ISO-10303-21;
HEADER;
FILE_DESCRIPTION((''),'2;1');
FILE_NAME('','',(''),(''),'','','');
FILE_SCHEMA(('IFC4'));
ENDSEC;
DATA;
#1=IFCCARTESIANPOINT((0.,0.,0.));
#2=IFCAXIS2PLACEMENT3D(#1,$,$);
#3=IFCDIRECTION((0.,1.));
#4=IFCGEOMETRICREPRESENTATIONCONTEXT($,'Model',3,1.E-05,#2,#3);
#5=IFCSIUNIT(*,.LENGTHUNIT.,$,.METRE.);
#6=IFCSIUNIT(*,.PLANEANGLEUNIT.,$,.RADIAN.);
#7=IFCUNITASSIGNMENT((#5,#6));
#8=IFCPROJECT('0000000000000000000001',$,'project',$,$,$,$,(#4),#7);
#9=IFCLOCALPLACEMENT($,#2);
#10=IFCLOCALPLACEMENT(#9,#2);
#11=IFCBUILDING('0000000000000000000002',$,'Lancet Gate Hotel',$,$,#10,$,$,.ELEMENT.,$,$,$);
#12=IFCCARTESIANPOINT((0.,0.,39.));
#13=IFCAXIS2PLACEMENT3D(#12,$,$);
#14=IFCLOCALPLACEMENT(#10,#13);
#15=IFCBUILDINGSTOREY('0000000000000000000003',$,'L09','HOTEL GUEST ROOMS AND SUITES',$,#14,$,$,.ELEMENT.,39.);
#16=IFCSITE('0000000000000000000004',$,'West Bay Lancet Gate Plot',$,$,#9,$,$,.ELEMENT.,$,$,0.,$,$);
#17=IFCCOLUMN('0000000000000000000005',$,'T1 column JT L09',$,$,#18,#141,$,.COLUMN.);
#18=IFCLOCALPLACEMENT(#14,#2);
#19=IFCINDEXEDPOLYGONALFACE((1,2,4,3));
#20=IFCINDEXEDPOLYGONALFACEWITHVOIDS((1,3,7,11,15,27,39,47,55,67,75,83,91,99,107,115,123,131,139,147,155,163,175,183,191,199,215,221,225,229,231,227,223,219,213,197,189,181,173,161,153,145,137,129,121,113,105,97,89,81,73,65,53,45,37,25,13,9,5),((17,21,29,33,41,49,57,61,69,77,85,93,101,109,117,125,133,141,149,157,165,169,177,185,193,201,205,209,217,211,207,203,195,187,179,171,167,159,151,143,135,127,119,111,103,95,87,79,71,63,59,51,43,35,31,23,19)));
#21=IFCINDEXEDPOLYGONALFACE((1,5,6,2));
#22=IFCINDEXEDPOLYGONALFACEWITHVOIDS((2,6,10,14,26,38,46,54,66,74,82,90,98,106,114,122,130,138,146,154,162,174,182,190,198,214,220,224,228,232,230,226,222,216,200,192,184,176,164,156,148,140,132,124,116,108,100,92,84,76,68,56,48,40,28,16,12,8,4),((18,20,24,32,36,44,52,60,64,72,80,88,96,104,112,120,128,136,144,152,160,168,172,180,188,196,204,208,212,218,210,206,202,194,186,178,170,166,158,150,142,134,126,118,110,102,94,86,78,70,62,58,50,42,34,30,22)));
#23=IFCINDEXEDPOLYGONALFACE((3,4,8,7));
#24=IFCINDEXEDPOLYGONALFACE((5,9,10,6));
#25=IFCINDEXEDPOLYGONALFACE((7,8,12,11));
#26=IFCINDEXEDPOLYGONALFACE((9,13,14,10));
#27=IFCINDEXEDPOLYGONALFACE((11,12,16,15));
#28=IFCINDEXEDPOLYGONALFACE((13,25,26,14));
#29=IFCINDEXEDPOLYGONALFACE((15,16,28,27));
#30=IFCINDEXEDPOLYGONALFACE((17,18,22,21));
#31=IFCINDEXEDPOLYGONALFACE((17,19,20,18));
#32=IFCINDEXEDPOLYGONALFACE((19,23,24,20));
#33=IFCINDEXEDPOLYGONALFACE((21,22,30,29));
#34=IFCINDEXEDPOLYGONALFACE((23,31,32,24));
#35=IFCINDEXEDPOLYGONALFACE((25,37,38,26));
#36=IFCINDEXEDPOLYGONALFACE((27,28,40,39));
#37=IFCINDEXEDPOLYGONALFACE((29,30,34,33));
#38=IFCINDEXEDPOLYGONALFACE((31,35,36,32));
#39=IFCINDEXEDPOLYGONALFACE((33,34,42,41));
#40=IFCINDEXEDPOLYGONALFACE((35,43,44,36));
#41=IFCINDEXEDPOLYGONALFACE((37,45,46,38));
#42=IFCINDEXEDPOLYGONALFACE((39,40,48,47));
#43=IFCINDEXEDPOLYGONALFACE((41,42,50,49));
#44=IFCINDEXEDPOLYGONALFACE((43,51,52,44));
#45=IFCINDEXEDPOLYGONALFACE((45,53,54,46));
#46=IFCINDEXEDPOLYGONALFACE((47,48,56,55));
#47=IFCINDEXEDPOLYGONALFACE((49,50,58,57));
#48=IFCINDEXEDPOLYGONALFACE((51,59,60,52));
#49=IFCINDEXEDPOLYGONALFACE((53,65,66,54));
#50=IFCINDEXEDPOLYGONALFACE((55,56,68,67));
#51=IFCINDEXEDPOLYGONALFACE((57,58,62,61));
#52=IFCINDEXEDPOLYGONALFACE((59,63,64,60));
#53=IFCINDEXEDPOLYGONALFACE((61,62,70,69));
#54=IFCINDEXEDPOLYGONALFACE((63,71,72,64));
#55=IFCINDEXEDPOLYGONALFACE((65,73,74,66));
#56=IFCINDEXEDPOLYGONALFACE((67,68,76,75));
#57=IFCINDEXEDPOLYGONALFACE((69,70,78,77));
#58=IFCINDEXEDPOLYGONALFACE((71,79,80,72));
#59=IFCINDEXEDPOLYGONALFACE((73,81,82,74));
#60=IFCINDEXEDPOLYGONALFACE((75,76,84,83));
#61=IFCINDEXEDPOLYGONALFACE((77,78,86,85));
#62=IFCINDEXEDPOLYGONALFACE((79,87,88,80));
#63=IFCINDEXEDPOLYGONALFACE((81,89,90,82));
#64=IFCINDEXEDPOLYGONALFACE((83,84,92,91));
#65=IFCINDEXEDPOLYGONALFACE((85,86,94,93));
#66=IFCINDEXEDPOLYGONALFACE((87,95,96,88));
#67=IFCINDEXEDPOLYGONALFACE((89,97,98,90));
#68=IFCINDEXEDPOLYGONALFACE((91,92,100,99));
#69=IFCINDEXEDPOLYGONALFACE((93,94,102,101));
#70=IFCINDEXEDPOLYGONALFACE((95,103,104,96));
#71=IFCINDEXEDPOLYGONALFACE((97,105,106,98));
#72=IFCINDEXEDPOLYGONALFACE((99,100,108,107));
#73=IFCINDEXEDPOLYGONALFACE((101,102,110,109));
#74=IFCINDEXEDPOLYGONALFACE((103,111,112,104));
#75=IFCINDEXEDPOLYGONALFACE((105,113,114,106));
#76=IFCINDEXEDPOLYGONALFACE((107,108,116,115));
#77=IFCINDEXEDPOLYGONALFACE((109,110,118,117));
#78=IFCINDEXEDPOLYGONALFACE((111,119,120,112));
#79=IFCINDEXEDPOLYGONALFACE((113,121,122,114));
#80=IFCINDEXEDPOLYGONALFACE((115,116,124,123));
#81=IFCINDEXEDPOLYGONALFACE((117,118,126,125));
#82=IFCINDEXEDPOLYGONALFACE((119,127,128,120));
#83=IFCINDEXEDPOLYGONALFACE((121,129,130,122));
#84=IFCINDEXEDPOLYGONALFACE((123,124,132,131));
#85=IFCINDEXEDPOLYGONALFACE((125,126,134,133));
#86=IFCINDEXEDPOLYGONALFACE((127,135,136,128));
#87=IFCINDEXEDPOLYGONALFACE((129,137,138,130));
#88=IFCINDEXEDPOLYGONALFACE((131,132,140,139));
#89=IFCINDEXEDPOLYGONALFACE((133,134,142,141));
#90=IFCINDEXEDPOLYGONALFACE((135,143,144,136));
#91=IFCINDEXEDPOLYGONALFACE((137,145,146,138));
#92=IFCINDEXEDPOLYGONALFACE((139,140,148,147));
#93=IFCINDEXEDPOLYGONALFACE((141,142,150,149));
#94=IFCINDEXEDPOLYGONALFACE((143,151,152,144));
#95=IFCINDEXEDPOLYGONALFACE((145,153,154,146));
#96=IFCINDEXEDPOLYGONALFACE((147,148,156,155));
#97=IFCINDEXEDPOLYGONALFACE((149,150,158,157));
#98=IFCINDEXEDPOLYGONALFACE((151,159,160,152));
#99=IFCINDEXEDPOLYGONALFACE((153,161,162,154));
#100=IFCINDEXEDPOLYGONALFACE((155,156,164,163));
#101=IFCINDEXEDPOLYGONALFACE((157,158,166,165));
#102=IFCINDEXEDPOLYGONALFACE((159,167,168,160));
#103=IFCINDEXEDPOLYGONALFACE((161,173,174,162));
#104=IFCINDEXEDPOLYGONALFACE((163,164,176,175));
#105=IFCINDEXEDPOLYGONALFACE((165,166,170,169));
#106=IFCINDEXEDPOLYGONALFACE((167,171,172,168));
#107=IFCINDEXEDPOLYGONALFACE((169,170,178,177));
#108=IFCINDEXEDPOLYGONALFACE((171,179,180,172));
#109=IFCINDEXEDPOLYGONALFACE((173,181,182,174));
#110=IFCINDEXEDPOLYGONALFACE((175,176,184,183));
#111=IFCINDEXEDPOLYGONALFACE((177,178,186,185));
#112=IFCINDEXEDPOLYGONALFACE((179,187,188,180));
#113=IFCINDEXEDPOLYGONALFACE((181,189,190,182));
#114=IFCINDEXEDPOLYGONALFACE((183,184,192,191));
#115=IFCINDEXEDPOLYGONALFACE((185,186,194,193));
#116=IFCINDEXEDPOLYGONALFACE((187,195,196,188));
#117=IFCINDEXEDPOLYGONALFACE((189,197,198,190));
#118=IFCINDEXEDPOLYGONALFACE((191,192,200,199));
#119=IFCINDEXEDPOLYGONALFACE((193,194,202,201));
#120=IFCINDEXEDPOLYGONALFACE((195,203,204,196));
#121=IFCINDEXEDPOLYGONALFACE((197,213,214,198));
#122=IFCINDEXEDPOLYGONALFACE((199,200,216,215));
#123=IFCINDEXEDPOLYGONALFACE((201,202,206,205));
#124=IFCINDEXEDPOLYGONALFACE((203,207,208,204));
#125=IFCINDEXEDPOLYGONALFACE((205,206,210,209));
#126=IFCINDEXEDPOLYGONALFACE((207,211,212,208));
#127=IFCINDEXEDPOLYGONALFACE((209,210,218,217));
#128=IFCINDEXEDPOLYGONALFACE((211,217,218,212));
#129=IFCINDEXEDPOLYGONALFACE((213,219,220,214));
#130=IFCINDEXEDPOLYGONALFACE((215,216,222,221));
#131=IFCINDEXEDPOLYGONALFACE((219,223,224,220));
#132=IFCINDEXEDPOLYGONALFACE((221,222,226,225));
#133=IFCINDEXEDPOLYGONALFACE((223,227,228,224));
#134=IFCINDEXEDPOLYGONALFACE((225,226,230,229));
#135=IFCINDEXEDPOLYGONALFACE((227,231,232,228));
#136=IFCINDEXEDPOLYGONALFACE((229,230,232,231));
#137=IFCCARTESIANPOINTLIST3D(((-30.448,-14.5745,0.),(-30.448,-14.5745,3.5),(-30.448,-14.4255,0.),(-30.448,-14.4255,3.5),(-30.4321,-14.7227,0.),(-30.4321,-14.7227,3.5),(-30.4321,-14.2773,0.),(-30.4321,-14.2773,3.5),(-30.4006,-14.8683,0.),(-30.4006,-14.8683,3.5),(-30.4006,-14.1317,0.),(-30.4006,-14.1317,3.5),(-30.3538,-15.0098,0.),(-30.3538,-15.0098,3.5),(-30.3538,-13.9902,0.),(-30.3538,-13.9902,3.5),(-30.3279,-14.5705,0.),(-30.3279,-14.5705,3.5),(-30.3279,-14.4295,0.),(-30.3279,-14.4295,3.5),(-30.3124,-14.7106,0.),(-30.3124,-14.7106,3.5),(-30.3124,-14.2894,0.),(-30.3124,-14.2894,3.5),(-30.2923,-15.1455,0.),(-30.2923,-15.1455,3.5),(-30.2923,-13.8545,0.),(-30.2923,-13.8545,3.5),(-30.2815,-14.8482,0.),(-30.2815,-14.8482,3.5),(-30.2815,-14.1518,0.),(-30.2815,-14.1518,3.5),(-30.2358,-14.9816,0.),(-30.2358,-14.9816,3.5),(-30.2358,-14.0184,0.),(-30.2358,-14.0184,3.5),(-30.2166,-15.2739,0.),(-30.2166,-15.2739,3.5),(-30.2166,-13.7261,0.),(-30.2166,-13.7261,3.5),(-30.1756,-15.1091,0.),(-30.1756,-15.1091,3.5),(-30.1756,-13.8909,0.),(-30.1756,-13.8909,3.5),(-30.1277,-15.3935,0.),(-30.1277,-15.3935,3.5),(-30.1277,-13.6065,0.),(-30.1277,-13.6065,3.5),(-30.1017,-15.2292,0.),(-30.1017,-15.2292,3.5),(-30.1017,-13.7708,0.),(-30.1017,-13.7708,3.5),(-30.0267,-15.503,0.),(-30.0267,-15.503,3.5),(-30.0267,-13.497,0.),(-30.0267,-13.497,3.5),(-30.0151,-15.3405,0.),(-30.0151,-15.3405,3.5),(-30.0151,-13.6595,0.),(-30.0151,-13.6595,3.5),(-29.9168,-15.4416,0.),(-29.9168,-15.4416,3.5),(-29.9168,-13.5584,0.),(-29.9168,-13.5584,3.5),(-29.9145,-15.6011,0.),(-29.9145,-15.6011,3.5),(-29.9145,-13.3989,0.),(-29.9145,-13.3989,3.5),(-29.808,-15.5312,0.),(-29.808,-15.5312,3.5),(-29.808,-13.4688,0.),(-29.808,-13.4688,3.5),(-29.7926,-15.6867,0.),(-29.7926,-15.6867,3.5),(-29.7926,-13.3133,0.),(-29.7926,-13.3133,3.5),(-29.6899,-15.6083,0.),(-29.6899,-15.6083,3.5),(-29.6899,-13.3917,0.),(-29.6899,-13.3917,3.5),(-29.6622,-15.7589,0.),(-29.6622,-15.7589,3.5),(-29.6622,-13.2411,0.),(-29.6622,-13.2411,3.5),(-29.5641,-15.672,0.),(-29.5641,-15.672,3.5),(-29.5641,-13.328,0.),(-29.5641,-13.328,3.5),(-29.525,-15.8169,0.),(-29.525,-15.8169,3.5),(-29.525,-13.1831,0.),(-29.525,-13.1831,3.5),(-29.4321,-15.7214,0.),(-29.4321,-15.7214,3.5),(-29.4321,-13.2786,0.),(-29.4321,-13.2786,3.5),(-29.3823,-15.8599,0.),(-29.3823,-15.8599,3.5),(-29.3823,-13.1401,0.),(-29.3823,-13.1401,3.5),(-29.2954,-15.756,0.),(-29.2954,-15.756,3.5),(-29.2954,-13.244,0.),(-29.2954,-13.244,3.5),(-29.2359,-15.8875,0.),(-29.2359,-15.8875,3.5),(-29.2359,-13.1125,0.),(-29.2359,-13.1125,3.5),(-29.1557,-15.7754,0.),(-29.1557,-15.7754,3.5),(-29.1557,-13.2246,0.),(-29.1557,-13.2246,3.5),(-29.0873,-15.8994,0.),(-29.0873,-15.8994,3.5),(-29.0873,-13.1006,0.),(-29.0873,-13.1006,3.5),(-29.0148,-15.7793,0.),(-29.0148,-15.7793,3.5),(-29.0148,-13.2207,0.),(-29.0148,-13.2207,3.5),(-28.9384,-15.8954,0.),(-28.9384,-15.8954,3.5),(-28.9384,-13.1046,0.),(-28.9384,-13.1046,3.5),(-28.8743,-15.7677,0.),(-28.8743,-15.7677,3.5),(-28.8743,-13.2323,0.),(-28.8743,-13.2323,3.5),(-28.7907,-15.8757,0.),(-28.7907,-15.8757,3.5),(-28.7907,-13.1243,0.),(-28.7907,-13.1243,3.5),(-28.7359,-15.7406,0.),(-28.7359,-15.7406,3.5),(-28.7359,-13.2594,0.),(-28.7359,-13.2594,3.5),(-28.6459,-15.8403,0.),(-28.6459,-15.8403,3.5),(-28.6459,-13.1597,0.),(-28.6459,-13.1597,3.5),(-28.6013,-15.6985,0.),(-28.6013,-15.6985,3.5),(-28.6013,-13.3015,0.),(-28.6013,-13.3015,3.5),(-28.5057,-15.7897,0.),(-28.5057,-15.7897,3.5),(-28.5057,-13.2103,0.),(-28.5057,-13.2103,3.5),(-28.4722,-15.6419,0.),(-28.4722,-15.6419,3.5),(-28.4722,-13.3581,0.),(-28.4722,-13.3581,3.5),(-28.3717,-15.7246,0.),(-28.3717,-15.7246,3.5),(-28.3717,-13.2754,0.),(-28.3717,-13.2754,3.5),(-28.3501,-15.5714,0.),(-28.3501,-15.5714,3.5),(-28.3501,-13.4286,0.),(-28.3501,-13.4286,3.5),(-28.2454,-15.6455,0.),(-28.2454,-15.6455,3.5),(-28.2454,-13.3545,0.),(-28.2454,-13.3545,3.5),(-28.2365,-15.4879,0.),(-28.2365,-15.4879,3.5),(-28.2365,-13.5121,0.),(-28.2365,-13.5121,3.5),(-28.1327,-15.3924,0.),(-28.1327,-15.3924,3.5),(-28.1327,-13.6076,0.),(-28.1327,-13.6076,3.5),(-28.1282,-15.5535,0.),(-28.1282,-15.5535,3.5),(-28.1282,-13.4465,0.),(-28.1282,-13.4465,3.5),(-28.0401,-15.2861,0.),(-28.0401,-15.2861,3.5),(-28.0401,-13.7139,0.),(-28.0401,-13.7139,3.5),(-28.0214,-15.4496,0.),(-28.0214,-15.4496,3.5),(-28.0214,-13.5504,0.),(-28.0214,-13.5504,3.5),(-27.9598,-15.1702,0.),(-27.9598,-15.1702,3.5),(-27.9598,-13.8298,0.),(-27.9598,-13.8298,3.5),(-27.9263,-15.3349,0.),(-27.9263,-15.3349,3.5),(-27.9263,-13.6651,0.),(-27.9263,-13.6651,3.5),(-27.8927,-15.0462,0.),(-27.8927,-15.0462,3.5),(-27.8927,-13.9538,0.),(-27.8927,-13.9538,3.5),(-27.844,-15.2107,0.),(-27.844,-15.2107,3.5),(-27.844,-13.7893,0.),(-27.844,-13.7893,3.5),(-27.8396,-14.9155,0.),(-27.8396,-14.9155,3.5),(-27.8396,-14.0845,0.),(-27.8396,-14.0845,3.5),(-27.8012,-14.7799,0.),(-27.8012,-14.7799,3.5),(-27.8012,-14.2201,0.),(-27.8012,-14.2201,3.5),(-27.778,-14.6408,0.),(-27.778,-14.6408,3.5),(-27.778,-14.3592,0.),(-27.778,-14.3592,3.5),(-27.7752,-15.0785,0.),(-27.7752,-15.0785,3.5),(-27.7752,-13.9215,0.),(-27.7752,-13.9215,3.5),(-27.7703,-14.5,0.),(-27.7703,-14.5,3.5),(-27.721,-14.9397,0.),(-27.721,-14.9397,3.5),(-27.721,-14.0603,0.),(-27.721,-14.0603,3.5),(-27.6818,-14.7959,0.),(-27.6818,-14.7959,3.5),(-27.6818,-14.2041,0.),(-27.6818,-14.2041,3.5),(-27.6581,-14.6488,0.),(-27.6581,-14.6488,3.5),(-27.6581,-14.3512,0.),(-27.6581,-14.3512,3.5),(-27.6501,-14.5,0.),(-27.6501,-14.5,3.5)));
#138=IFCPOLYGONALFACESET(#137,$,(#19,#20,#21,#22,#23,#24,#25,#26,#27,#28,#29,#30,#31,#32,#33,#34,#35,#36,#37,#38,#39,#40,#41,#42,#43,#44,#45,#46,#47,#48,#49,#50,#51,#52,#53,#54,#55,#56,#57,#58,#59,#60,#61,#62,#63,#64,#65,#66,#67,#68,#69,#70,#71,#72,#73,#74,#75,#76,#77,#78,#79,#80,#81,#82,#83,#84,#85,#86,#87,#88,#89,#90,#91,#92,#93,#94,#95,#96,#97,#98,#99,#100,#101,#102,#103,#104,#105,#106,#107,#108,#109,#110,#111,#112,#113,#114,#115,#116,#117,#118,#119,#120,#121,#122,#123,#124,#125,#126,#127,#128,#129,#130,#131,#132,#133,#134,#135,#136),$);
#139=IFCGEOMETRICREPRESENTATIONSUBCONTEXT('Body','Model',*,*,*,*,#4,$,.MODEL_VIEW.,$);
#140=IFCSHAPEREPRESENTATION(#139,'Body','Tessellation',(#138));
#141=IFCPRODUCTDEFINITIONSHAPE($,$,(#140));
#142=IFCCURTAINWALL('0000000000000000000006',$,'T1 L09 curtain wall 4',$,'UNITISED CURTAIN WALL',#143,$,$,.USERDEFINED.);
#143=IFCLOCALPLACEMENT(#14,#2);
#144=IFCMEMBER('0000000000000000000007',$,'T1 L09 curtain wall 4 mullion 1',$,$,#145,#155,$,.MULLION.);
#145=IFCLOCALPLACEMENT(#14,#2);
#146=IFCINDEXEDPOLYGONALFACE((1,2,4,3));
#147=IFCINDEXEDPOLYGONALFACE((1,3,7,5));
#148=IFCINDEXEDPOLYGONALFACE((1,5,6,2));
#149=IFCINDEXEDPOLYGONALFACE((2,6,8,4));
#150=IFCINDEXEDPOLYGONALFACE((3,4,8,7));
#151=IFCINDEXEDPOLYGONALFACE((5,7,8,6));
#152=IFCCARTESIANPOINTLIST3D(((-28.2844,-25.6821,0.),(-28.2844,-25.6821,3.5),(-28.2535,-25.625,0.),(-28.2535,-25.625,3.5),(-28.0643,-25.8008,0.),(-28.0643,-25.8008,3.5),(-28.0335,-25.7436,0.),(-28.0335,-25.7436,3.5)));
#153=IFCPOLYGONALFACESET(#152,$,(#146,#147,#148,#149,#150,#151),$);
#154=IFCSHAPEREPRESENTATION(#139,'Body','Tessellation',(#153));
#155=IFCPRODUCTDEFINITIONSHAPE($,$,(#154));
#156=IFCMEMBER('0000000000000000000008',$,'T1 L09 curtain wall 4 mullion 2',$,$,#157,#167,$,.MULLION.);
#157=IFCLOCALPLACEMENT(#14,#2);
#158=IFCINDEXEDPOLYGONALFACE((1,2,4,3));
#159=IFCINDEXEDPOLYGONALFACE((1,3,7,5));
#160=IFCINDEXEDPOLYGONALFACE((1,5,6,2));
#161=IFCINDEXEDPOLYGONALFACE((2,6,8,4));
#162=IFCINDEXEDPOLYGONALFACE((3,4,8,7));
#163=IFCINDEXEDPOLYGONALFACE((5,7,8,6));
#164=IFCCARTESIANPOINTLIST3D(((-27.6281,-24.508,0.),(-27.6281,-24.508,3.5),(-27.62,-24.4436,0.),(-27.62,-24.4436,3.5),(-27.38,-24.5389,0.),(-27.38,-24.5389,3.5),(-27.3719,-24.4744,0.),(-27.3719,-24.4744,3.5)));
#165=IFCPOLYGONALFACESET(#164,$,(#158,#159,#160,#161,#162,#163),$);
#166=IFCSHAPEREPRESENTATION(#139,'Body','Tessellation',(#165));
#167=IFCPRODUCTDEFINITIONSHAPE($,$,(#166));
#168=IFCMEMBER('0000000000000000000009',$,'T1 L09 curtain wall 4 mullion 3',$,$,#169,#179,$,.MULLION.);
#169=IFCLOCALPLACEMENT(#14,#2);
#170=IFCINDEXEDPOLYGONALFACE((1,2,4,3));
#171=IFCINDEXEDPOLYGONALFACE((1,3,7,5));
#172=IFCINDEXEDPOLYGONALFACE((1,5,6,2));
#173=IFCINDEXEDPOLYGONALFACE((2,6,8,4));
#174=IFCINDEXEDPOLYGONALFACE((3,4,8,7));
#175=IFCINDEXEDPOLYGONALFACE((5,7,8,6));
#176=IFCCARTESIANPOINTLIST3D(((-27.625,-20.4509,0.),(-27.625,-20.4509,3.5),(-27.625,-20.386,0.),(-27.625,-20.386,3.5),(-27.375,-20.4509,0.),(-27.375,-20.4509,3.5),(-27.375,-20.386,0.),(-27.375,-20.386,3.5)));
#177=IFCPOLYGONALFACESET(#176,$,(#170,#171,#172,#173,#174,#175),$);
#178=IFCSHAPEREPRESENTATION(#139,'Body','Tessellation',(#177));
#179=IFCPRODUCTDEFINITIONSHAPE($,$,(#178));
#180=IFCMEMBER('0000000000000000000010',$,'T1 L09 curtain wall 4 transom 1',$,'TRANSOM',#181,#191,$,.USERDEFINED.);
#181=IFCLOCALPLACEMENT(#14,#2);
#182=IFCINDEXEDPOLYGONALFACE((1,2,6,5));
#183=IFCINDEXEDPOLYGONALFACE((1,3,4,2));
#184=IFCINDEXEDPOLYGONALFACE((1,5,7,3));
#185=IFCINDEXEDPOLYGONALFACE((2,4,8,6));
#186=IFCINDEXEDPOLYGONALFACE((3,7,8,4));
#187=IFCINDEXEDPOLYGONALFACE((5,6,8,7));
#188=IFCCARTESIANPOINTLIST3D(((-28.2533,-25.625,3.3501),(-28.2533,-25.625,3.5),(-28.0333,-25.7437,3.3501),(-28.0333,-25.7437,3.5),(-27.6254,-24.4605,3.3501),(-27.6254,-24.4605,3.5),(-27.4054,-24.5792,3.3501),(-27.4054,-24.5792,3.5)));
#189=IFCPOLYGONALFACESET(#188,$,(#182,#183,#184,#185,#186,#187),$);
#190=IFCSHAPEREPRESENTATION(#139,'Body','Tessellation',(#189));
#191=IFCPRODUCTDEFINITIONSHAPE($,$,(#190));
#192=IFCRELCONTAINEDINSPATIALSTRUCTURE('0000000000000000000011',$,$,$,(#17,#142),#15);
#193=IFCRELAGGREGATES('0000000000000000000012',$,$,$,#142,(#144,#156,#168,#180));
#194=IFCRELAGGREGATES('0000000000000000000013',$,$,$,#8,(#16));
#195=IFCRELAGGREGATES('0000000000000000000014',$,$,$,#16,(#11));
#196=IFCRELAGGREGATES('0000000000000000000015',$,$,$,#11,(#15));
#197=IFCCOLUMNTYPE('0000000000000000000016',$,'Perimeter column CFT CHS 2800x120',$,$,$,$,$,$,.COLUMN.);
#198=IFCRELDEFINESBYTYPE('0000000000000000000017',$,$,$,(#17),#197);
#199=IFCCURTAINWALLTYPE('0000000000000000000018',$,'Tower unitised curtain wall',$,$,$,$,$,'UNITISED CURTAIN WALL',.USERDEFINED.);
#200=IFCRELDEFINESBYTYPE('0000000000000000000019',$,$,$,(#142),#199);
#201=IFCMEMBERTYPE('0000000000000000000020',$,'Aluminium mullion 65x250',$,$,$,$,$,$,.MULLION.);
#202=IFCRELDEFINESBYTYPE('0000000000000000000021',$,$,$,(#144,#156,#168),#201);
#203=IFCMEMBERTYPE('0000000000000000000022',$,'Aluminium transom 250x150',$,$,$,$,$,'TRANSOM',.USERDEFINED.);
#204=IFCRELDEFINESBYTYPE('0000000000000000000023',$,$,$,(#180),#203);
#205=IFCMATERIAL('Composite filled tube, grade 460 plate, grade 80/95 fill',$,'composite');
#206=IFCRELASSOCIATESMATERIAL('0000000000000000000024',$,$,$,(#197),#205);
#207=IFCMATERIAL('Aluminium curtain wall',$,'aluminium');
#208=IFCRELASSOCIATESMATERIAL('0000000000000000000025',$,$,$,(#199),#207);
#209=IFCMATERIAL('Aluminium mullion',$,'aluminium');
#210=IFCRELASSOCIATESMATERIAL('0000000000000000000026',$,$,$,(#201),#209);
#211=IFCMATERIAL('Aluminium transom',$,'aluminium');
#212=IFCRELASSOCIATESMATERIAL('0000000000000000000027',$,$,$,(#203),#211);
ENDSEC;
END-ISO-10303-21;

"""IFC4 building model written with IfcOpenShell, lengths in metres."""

from ifc_helpers import new_model, si_unit, direction, frame, origin, origin_2d, place, context, subcontext, project, spatial, rectangle, hollow_circle, extrude, material, material_profile, profile_set, type_object, element, aggregate, save


model = new_model("IFC4")

# Units and contexts
model_context = context("Model", 3, precision=1e-05, world=origin(), true_north=direction((0.0, 1.0)))
body_context = subcontext(model_context, "Body", "Model", "MODEL_VIEW")
ifc_project = project(units=[si_unit("LENGTHUNIT", "METRE"), si_unit("PLANEANGLEUNIT", "RADIAN")], contexts=[model_context])

# Site, building, storey
site_placement = place(None, origin())
site = spatial("IfcSite", under=ifc_project, at=site_placement, Name="West Bay Lancet Gate Plot", CompositionType="ELEMENT", RefElevation=0.0)
building_placement = place(site_placement, origin())
building = spatial("IfcBuilding", under=site, at=building_placement, Name="Lancet Gate Hotel", CompositionType="ELEMENT")
storey_placement = place(building_placement, frame((0.0, 0.0, 39.0)))
storey = spatial("IfcBuildingStorey", under=building, at=storey_placement, Name="L09", Description="HOTEL GUEST ROOMS AND SUITES", CompositionType="ELEMENT", Elevation=39.0)

# Column
ifc_material_1 = material(Name="Composite filled tube, grade 460 plate, grade 80/95 fill", Category="composite")
ifc_material_profile_1 = material_profile(ifc_material_1, hollow_circle(Radius=1.3999, WallThickness=0.1201, at=origin_2d()), Name="CHS 2800x120")
ifc_profile_set_1 = profile_set([ifc_material_profile_1], Name="Composite filled tube, grade 460 plate, grade 80/95 fill")
column_type = type_object("IfcColumnType", Name="Perimeter column CFT CHS 2800x120", PredefinedType="COLUMN", material=ifc_profile_set_1)
for number, where, z_axis, x_axis, name in (
    (1, (-29.05, -14.5, 0.0), (0.0, 0.0, 1.0), (1.0, 0.0, 0.0), "T1 column JT L09"),
):
    element("IfcColumn", number, at=place(storey_placement, frame(where, z_axis=z_axis, x_axis=x_axis)), inside=storey, type_object=column_type, Name=name, PredefinedType="COLUMN", context=body_context, shape_type="SweptSolid", body=[
        extrude(hollow_circle(Radius=1.3999, WallThickness=0.1201, at=origin_2d()), origin(), (0.0, 0.0, 1.0), 3.5),
    ])

# Curtain wall, members
ifc_material_2 = material(Name="Aluminium curtain wall", Category="aluminium")
curtain_wall_type = type_object("IfcCurtainWallType", Name="Tower unitised curtain wall", ElementType="UNITISED CURTAIN WALL", PredefinedType="USERDEFINED", material=ifc_material_2)
curtain_wall_placement = place(storey_placement, origin())
curtain_wall = element("IfcCurtainWall", 2, at=curtain_wall_placement, inside=storey, type_object=curtain_wall_type, Name="T1 L09 curtain wall 4", ObjectType="UNITISED CURTAIN WALL", PredefinedType="USERDEFINED")
ifc_material_3 = material(Name="Aluminium mullion", Category="aluminium")
ifc_material_profile_2 = material_profile(ifc_material_3, rectangle(XDim=0.0649, YDim=0.25, at=origin_2d()), Name="MULLION 65x250")
ifc_profile_set_2 = profile_set([ifc_material_profile_2], Name="Aluminium mullion")
member_type_1 = type_object("IfcMemberType", Name="Aluminium mullion 65x250", PredefinedType="MULLION", material=ifc_profile_set_2)
member_1_placement = place(storey_placement, frame((-28.1589, -25.7129, 0.0), z_axis=(0.0, 0.0, 1.0), x_axis=(0.474631, 0.880185, 0.0)))
member_1 = element("IfcMember", 3, at=member_1_placement, type_object=member_type_1, Name="T1 L09 curtain wall 4 mullion 1", PredefinedType="MULLION", context=body_context, shape_type="SweptSolid", body=[
    extrude(rectangle(XDim=0.0649, YDim=0.25, at=origin_2d()), origin(), (0.0, 0.0, 1.0), 3.5),
])
member_2_placement = place(storey_placement, frame((-27.5, -24.4912, 0.0), z_axis=(0.0, 0.0, 1.0), x_axis=(0.123483, 0.992347, 0.0)))
member_2 = element("IfcMember", 4, at=member_2_placement, type_object=member_type_1, Name="T1 L09 curtain wall 4 mullion 2", PredefinedType="MULLION", context=body_context, shape_type="SweptSolid", body=[
    extrude(rectangle(XDim=0.0649, YDim=0.25, at=origin_2d()), origin(), (0.0, 0.0, 1.0), 3.5),
])
member_3_placement = place(storey_placement, frame((-27.5, -20.4185, 0.0), z_axis=(0.0, 0.0, 1.0), x_axis=(0.0, 1.0, 0.0)))
member_3 = element("IfcMember", 5, at=member_3_placement, type_object=member_type_1, Name="T1 L09 curtain wall 4 mullion 3", PredefinedType="MULLION", context=body_context, shape_type="SweptSolid", body=[
    extrude(rectangle(XDim=0.0649, YDim=0.25, at=origin_2d()), origin(), (0.0, 0.0, 1.0), 3.5),
])
ifc_material_4 = material(Name="Aluminium transom", Category="aluminium")
ifc_material_profile_3 = material_profile(ifc_material_4, rectangle(XDim=0.25, YDim=0.1499, at=origin_2d()), Name="TRANSOM 250x150")
ifc_profile_set_3 = profile_set([ifc_material_profile_3], Name="Aluminium transom")
member_type_2 = type_object("IfcMemberType", Name="Aluminium transom 250x150", ElementType="TRANSOM", PredefinedType="USERDEFINED", material=ifc_profile_set_3)
member_4_placement = place(storey_placement, frame((-28.1433, -25.6843, 3.425), z_axis=(0.474606, 0.880198, 0.0), x_axis=(-0.880198, 0.474606, 0.0)))
member_4 = element("IfcMember", 6, at=member_4_placement, type_object=member_type_2, Name="T1 L09 curtain wall 4 transom 1", ObjectType="TRANSOM", PredefinedType="USERDEFINED", context=body_context, shape_type="SweptSolid", body=[
    extrude(rectangle(XDim=0.25, YDim=0.1499, at=origin_2d()), origin(), (0.0, 0.0, 1.0), 1.323),
])

aggregate(curtain_wall, [member_1, member_2, member_3, member_4])

save(model, "model.ifc")
